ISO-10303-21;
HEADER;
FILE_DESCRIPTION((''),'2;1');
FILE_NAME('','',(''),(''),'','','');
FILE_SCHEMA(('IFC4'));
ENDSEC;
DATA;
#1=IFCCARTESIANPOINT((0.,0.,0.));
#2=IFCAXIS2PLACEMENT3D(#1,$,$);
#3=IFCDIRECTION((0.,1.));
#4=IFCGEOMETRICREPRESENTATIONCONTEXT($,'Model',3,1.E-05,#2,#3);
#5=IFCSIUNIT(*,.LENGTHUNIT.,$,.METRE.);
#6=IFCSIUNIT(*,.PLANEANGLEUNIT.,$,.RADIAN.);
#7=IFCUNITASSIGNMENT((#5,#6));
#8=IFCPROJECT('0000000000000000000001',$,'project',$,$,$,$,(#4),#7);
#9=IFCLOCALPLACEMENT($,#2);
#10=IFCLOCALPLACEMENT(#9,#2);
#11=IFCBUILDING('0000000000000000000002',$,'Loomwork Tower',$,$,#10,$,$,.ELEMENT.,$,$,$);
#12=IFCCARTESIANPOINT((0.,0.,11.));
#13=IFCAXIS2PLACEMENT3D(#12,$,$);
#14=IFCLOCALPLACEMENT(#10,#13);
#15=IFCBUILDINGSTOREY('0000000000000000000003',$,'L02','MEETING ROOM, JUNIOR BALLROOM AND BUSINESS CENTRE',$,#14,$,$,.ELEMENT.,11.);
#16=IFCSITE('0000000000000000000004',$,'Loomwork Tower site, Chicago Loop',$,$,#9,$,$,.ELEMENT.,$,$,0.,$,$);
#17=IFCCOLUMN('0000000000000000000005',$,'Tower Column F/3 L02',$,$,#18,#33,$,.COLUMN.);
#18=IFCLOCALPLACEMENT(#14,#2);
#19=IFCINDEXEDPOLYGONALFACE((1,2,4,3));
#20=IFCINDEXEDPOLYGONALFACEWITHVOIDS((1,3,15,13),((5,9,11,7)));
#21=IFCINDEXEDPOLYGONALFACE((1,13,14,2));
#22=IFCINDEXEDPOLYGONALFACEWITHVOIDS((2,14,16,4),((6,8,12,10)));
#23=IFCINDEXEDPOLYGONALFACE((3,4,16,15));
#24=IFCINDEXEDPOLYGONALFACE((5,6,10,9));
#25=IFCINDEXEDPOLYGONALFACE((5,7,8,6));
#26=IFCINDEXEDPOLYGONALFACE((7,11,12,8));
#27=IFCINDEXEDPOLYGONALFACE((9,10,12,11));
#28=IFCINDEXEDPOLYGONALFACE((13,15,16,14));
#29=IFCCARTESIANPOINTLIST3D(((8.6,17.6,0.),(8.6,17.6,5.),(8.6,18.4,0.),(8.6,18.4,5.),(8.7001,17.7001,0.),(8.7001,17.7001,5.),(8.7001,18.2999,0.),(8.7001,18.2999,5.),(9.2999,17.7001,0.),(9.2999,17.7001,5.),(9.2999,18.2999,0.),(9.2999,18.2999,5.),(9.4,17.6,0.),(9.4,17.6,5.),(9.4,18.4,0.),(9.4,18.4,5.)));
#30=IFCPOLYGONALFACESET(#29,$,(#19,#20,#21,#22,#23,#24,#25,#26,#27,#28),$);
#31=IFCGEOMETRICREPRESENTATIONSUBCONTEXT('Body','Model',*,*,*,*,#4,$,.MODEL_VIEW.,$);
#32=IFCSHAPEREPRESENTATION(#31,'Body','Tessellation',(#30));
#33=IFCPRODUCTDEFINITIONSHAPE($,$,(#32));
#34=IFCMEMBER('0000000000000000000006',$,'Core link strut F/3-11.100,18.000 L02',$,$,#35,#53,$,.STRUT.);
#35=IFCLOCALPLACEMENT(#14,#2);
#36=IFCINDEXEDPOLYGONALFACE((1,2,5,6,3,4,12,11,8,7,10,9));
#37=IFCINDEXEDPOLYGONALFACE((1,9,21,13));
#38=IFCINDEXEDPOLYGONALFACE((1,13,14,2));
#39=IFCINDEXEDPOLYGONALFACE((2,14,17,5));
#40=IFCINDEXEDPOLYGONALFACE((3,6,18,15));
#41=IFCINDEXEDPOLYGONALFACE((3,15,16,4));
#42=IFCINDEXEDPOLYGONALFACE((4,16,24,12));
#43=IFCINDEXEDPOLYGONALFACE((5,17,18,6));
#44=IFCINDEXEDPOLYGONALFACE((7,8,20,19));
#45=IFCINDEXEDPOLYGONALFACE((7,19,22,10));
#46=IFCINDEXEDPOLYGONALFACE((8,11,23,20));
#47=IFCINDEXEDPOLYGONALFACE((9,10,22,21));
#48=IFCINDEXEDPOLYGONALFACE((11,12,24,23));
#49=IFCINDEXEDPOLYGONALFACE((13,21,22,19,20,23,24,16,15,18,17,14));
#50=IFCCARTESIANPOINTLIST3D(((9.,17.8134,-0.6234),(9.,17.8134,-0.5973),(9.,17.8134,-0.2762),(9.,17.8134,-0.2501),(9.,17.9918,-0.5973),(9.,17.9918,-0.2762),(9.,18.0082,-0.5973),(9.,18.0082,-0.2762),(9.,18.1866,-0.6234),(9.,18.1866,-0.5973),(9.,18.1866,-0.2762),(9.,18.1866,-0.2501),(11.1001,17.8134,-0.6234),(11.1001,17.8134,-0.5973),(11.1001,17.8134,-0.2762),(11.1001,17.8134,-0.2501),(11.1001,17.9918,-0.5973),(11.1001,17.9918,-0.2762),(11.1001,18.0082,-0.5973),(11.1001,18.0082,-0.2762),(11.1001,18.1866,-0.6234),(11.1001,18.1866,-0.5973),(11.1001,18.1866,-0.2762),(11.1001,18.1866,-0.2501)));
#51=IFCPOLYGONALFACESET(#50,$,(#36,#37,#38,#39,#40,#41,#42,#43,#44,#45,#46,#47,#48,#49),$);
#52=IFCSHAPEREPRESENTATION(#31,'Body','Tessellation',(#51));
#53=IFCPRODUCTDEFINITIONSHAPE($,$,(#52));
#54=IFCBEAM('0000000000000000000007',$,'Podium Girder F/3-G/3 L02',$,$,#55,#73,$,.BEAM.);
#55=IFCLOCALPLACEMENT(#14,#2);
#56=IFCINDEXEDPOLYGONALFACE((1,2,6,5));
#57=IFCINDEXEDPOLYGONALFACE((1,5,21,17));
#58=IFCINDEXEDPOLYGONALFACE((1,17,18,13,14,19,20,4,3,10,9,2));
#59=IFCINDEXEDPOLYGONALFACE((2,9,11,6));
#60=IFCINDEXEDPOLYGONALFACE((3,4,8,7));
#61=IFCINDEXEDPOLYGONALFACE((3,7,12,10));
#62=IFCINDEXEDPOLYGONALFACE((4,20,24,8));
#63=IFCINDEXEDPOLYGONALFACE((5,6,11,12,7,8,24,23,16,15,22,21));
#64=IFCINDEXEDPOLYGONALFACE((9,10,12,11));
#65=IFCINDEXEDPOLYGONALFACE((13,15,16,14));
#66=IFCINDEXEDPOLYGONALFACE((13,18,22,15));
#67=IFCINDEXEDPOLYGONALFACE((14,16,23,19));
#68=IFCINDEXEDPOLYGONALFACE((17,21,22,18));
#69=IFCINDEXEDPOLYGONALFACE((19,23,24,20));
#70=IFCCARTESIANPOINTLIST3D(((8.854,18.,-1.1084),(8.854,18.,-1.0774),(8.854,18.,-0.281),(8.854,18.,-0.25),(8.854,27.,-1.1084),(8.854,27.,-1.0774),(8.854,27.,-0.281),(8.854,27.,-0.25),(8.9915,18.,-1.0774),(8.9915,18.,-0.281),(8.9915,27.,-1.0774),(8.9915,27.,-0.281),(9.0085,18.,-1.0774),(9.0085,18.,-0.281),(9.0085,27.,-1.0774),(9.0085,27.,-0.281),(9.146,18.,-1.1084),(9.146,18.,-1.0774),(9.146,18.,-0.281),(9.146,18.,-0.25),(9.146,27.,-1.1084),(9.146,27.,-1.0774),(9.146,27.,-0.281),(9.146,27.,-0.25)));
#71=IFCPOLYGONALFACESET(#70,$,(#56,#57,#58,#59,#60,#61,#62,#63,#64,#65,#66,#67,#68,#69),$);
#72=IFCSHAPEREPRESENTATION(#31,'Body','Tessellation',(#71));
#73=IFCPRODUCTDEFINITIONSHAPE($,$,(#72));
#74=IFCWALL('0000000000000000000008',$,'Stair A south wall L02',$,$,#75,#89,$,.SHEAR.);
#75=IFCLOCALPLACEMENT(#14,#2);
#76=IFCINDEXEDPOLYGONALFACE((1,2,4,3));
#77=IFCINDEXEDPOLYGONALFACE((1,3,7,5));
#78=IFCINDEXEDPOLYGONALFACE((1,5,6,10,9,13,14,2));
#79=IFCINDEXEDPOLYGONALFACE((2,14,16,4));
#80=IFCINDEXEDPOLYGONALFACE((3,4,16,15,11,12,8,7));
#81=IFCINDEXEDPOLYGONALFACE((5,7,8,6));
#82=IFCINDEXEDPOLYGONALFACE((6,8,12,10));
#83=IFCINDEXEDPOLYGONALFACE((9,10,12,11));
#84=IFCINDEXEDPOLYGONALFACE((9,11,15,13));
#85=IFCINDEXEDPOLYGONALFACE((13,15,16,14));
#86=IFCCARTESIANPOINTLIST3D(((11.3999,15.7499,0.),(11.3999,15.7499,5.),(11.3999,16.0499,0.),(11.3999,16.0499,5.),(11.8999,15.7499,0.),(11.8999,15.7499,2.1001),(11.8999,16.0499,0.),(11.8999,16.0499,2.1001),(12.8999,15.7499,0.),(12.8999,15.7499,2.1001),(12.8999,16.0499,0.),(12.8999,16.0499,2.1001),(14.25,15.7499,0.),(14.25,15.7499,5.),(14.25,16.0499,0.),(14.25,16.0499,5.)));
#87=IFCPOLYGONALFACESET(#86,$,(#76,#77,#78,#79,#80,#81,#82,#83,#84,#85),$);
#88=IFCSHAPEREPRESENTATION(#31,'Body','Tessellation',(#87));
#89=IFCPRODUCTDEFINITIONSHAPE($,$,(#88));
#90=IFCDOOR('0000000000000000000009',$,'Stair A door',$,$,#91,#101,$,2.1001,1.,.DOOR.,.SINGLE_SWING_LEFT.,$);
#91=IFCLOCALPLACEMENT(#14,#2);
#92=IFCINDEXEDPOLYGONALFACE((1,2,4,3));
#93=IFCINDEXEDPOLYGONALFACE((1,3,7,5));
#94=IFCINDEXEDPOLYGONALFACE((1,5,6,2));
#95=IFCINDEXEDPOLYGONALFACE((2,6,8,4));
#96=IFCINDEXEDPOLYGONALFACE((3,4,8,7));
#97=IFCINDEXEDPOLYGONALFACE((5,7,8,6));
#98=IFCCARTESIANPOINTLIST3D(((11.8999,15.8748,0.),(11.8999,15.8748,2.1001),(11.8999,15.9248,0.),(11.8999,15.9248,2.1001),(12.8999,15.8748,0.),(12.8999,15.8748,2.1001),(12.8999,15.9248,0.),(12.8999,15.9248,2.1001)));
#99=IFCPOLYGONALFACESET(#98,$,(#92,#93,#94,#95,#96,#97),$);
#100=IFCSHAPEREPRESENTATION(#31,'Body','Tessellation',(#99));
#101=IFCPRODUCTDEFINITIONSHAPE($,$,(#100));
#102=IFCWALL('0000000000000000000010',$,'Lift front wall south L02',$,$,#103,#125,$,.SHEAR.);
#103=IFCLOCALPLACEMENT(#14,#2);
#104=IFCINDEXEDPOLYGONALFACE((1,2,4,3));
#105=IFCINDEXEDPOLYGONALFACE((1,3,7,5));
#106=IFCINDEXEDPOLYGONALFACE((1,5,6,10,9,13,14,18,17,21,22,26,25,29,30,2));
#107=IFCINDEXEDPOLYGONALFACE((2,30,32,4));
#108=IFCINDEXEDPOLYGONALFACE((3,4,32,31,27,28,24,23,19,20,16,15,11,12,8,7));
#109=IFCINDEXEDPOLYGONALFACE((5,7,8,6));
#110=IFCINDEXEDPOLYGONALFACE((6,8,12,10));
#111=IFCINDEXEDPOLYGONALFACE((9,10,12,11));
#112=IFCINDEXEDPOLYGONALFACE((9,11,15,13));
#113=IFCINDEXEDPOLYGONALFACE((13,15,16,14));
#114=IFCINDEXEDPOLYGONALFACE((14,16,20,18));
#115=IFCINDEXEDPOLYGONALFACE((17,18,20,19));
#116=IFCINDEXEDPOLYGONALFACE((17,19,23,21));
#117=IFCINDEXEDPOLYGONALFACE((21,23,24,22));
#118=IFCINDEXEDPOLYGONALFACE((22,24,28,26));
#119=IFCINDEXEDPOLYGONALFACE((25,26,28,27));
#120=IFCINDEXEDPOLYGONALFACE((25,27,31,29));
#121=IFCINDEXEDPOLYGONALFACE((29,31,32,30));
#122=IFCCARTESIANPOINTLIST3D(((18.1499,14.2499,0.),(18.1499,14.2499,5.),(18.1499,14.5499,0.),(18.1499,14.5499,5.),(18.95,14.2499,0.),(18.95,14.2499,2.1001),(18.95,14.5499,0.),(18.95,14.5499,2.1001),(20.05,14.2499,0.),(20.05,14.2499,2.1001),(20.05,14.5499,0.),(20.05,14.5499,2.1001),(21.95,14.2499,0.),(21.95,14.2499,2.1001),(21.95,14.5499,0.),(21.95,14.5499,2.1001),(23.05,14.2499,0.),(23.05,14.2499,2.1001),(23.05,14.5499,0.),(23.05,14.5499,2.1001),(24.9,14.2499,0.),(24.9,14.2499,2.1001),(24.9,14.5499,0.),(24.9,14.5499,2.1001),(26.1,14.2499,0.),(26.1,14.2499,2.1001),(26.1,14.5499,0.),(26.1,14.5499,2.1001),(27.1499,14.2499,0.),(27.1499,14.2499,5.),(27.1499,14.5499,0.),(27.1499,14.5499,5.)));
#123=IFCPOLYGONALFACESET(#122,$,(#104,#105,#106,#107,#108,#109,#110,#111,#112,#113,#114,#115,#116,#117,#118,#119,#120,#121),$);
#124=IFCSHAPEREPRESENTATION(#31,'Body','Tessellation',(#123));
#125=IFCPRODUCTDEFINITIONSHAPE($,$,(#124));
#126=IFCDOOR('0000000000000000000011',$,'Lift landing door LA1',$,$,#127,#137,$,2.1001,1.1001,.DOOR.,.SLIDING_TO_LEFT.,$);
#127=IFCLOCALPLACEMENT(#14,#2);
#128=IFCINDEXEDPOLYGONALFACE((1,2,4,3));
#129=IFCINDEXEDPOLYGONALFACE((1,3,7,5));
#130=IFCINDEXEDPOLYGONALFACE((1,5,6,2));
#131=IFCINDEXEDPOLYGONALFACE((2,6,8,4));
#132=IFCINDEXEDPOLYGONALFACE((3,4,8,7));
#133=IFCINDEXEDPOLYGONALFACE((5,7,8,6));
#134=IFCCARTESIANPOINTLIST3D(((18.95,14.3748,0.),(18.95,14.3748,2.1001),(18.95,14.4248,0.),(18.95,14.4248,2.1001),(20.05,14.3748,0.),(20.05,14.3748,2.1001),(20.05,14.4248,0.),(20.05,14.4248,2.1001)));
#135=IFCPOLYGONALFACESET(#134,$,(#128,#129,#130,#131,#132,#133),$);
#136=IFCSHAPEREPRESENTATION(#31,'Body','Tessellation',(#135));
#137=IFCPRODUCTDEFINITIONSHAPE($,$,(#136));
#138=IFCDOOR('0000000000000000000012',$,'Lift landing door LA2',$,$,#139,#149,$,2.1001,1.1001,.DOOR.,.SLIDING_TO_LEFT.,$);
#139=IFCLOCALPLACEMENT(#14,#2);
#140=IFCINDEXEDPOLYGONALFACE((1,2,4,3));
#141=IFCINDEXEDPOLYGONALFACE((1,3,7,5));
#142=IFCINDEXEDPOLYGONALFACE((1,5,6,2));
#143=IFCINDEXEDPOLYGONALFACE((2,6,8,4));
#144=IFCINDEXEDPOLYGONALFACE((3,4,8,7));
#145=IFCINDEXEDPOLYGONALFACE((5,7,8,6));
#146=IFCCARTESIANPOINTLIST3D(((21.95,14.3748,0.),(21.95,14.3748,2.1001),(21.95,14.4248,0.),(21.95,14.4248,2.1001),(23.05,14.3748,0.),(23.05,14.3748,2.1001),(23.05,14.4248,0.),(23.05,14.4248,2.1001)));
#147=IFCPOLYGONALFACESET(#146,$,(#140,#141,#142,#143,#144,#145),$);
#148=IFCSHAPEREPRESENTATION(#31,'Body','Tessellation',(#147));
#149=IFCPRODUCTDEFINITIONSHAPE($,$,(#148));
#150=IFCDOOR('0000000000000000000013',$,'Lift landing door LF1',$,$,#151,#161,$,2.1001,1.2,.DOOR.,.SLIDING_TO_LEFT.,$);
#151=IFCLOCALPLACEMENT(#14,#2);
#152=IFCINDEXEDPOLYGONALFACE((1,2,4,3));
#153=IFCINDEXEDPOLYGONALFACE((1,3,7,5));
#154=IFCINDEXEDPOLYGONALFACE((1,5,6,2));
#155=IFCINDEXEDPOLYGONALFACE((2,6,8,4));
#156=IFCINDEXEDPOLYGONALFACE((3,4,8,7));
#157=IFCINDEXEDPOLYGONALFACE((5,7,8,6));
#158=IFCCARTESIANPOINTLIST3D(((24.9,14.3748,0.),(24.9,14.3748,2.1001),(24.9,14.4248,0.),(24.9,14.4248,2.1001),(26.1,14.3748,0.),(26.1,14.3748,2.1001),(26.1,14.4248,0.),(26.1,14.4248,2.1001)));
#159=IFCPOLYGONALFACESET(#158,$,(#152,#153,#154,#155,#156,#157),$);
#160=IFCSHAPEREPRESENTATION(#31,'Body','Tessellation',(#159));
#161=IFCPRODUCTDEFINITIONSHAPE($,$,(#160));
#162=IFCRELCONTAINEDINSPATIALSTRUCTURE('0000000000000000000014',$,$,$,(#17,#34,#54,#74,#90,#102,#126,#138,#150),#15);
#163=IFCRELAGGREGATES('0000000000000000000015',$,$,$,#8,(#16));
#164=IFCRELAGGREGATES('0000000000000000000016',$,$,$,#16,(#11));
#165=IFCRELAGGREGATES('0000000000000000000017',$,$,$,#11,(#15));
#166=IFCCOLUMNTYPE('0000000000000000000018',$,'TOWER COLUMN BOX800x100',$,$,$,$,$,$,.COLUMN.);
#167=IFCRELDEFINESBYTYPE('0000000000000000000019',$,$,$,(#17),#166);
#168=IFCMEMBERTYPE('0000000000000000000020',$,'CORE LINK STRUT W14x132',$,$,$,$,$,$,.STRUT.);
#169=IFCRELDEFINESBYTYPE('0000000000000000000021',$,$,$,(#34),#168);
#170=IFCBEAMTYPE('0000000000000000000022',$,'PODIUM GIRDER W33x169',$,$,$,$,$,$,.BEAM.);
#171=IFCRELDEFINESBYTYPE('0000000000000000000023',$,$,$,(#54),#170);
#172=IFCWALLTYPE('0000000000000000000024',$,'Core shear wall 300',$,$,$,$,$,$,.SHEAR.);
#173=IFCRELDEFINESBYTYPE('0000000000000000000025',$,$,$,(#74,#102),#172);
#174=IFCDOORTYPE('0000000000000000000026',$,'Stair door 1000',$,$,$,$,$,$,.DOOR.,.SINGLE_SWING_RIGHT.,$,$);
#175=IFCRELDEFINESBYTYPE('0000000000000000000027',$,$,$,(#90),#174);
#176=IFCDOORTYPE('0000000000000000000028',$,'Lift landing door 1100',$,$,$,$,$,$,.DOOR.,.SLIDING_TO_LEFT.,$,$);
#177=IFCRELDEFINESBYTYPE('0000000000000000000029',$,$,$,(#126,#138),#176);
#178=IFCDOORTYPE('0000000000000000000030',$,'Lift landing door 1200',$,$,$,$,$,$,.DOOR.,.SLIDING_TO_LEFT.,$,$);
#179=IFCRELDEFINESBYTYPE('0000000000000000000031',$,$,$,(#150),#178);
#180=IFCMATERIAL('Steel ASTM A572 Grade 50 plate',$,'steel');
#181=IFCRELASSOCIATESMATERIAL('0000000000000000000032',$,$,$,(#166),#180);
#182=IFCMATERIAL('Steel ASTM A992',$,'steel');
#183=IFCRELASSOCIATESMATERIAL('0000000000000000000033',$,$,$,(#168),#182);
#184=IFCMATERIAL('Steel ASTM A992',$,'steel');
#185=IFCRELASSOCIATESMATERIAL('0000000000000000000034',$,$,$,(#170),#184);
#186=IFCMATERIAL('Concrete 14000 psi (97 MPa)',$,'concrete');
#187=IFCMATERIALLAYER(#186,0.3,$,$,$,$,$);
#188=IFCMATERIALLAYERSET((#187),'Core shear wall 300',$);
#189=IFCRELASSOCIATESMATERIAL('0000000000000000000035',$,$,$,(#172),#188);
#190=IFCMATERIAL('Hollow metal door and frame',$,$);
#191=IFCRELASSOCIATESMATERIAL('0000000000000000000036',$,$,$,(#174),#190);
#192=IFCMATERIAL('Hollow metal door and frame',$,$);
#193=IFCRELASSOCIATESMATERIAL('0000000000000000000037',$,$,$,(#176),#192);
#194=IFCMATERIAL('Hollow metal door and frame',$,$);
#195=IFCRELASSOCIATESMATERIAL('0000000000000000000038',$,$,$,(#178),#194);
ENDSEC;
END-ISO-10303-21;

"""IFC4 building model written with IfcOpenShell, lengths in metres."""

from ifc_helpers import new_model, si_unit, direction, frame, frame_2d, origin, origin_2d, place, context, subcontext, project, spatial, rectangle, hollow_rectangle, i_section, extrude, material, layer, layer_set, material_profile, profile_set, type_object, element, fill, save


model = new_model("IFC4")

# Units and contexts
model_context = context("Model", 3, precision=1e-05, world=origin(), true_north=direction((0.0, 1.0)))
body_context = subcontext(model_context, "Body", "Model", "MODEL_VIEW")
ifc_project = project(units=[si_unit("LENGTHUNIT", "METRE"), si_unit("PLANEANGLEUNIT", "RADIAN")], contexts=[model_context])

# Site, building, storey
site_placement = place(None, origin())
site = spatial("IfcSite", under=ifc_project, at=site_placement, Name="Loomwork Tower site, Chicago Loop", CompositionType="ELEMENT", RefElevation=0.0)
building_placement = place(site_placement, origin())
building = spatial("IfcBuilding", under=site, at=building_placement, Name="Loomwork Tower", CompositionType="ELEMENT")
storey_placement = place(building_placement, frame((0.0, 0.0, 11.0)))
storey = spatial("IfcBuildingStorey", under=building, at=storey_placement, Name="L02", Description="MEETING ROOM, JUNIOR BALLROOM AND BUSINESS CENTRE", CompositionType="ELEMENT", Elevation=11.0)

# Column
ifc_material_1 = material(Name="Steel ASTM A572 Grade 50 plate", Category="steel")
ifc_material_profile_1 = material_profile(ifc_material_1, hollow_rectangle(XDim=0.8, YDim=0.8, WallThickness=0.1001, at=origin_2d()), Name="BOX800x100")
ifc_profile_set_1 = profile_set([ifc_material_profile_1], Name="Steel ASTM A572 Grade 50 plate")
column_type = type_object("IfcColumnType", Name="TOWER COLUMN BOX800x100", PredefinedType="COLUMN", material=ifc_profile_set_1)
column_placement = place(storey_placement, frame((9.0, 18.0, 0.0), z_axis=(0.0, 0.0, 1.0), x_axis=(1.0, 0.0, 0.0)))
element("IfcColumn", 1, at=column_placement, inside=storey, type_object=column_type, Name="Tower Column F/3 L02", PredefinedType="COLUMN", context=body_context, shape_type="SweptSolid", body=[
    extrude(hollow_rectangle(XDim=0.8, YDim=0.8, WallThickness=0.1001, at=origin_2d()), origin(), (0.0, 0.0, 1.0), 5.0),
])

# Member
ifc_material_2 = material(Name="Steel ASTM A992", Category="steel")
ifc_material_profile_2 = material_profile(ifc_material_2, i_section(OverallWidth=0.3733, OverallDepth=0.3733, WebThickness=0.0164, FlangeThickness=0.0261, at=origin_2d()), Name="W14x132")
ifc_profile_set_2 = profile_set([ifc_material_profile_2], Name="Steel ASTM A992")
member_type = type_object("IfcMemberType", Name="CORE LINK STRUT W14x132", PredefinedType="STRUT", material=ifc_profile_set_2)
member_placement = place(storey_placement, frame((9.0, 18.0, -0.4368), z_axis=(1.0, 0.0, 0.0), x_axis=(0.0, 1.0, 0.0)))
element("IfcMember", 2, at=member_placement, inside=storey, type_object=member_type, Name="Core link strut F/3-11.100,18.000 L02", PredefinedType="STRUT", context=body_context, shape_type="SweptSolid", body=[
    extrude(i_section(OverallWidth=0.3733, OverallDepth=0.3733, WebThickness=0.0164, FlangeThickness=0.0261, at=origin_2d()), origin(), (0.0, 0.0, 1.0), 2.1001),
])

# Beam
ifc_material_3 = material(Name="Steel ASTM A992", Category="steel")
ifc_material_profile_3 = material_profile(ifc_material_3, i_section(OverallWidth=0.292, OverallDepth=0.8584, WebThickness=0.0171, FlangeThickness=0.031, at=origin_2d()), Name="W33x169")
ifc_profile_set_3 = profile_set([ifc_material_profile_3], Name="Steel ASTM A992")
beam_type = type_object("IfcBeamType", Name="PODIUM GIRDER W33x169", PredefinedType="BEAM", material=ifc_profile_set_3)
beam_placement = place(storey_placement, frame((9.0, 18.0, -0.6792), z_axis=(0.0, 1.0, 0.0), x_axis=(-1.0, 0.0, 0.0)))
element("IfcBeam", 3, at=beam_placement, inside=storey, type_object=beam_type, Name="Podium Girder F/3-G/3 L02", PredefinedType="BEAM", context=body_context, shape_type="SweptSolid", body=[
    extrude(i_section(OverallWidth=0.292, OverallDepth=0.8584, WebThickness=0.0171, FlangeThickness=0.031, at=origin_2d()), origin(), (0.0, 0.0, 1.0), 9.0),
])

# Wall, opening, door
ifc_material_4 = material(Name="Concrete 14000 psi (97 MPa)", Category="concrete")
ifc_layer_1 = layer(ifc_material_4, 0.3)
ifc_layer_set_1 = layer_set([ifc_layer_1], Name="Core shear wall 300")
wall_type_1 = type_object("IfcWallType", Name="Core shear wall 300", PredefinedType="SHEAR", material=ifc_layer_set_1)
wall_1_placement = place(storey_placement, frame((11.3999, 15.8999, 0.0), z_axis=(0.0, 0.0, 1.0), x_axis=(1.0, 0.0, 0.0)))
wall_1 = element("IfcWall", 4, at=wall_1_placement, inside=storey, type_object=wall_type_1, Name="Stair A south wall L02", PredefinedType="SHEAR", context=body_context, shape_type="SweptSolid", body=[
    extrude(rectangle(XDim=2.8501, YDim=0.3, at=frame_2d((1.425, 0.0))), origin(), (0.0, 0.0, 1.0), 5.0),
])
opening_1_placement = place(wall_1_placement, frame((0.5, 0.0, 0.0)))
opening_1 = element("IfcOpeningElement", 5, at=opening_1_placement, cuts=wall_1, PredefinedType="OPENING", context=body_context, shape_type="SweptSolid", body=[
    extrude(rectangle(XDim=1.0, YDim=2.1001, at=frame_2d((0.5, 1.05))), frame((0.0, 0.1599, 0.0), z_axis=(0.0, -1.0, 0.0), x_axis=(1.0, 0.0, 0.0)), (0.0, 0.0, 1.0), 0.3201),
])
ifc_material_5 = material(Name="Hollow metal door and frame")
door_type_1 = type_object("IfcDoorType", Name="Stair door 1000", OperationType="SINGLE_SWING_RIGHT", PredefinedType="DOOR", material=ifc_material_5)
door_1_placement = place(opening_1_placement, origin())
door_1 = element("IfcDoor", 6, at=door_1_placement, inside=storey, type_object=door_type_1, Name="Stair A door", OperationType="SINGLE_SWING_LEFT", OverallHeight=2.1001, OverallWidth=1.0, PredefinedType="DOOR", context=body_context, shape_type="SweptSolid", body=[
    extrude(rectangle(XDim=1.0, YDim=2.1001, at=frame_2d((0.5, 1.05))), frame((0.0, 0.0249, 0.0), z_axis=(0.0, -1.0, 0.0), x_axis=(1.0, 0.0, 0.0)), (0.0, 0.0, 1.0), 0.05),
])
fill(opening_1, door_1)

# Wall, openings, doors
wall_2_placement = place(storey_placement, frame((18.1499, 14.3999, 0.0), z_axis=(0.0, 0.0, 1.0), x_axis=(1.0, 0.0, 0.0)))
wall_2 = element("IfcWall", 7, at=wall_2_placement, inside=storey, type_object=wall_type_1, Name="Lift front wall south L02", PredefinedType="SHEAR", context=body_context, shape_type="SweptSolid", body=[
    extrude(rectangle(XDim=9.0, YDim=0.3, at=frame_2d((4.5, 0.0))), origin(), (0.0, 0.0, 1.0), 5.0),
])
opening_2_placement = place(wall_2_placement, frame((0.8, 0.0, 0.0)))
opening_2 = element("IfcOpeningElement", 8, at=opening_2_placement, cuts=wall_2, PredefinedType="OPENING", context=body_context, shape_type="SweptSolid", body=[
    extrude(rectangle(XDim=1.1001, YDim=2.1001, at=frame_2d((0.55, 1.05))), frame((0.0, 0.1599, 0.0), z_axis=(0.0, -1.0, 0.0), x_axis=(1.0, 0.0, 0.0)), (0.0, 0.0, 1.0), 0.3201),
])
opening_3_placement = place(wall_2_placement, frame((3.8, 0.0, 0.0)))
opening_3 = element("IfcOpeningElement", 9, at=opening_3_placement, cuts=wall_2, PredefinedType="OPENING", context=body_context, shape_type="SweptSolid", body=[
    extrude(rectangle(XDim=1.1001, YDim=2.1001, at=frame_2d((0.55, 1.05))), frame((0.0, 0.1599, 0.0), z_axis=(0.0, -1.0, 0.0), x_axis=(1.0, 0.0, 0.0)), (0.0, 0.0, 1.0), 0.3201),
])
opening_4_placement = place(wall_2_placement, frame((6.75, 0.0, 0.0)))
opening_4 = element("IfcOpeningElement", 10, at=opening_4_placement, cuts=wall_2, PredefinedType="OPENING", context=body_context, shape_type="SweptSolid", body=[
    extrude(rectangle(XDim=1.2, YDim=2.1001, at=frame_2d((0.6001, 1.05))), frame((0.0, 0.1599, 0.0), z_axis=(0.0, -1.0, 0.0), x_axis=(1.0, 0.0, 0.0)), (0.0, 0.0, 1.0), 0.3201),
])
ifc_material_6 = material(Name="Hollow metal door and frame")
door_type_2 = type_object("IfcDoorType", Name="Lift landing door 1100", OperationType="SLIDING_TO_LEFT", PredefinedType="DOOR", material=ifc_material_6)
door_2_placement = place(opening_2_placement, origin())
door_2 = element("IfcDoor", 11, at=door_2_placement, inside=storey, type_object=door_type_2, Name="Lift landing door LA1", OperationType="SLIDING_TO_LEFT", OverallHeight=2.1001, OverallWidth=1.1001, PredefinedType="DOOR", context=body_context, shape_type="SweptSolid", body=[
    extrude(rectangle(XDim=1.1001, YDim=2.1001, at=frame_2d((0.55, 1.05))), frame((0.0, 0.0249, 0.0), z_axis=(0.0, -1.0, 0.0), x_axis=(1.0, 0.0, 0.0)), (0.0, 0.0, 1.0), 0.05),
])
fill(opening_2, door_2)
door_3_placement = place(opening_3_placement, origin())
door_3 = element("IfcDoor", 12, at=door_3_placement, inside=storey, type_object=door_type_2, Name="Lift landing door LA2", OperationType="SLIDING_TO_LEFT", OverallHeight=2.1001, OverallWidth=1.1001, PredefinedType="DOOR", context=body_context, shape_type="SweptSolid", body=[
    extrude(rectangle(XDim=1.1001, YDim=2.1001, at=frame_2d((0.55, 1.05))), frame((0.0, 0.0249, 0.0), z_axis=(0.0, -1.0, 0.0), x_axis=(1.0, 0.0, 0.0)), (0.0, 0.0, 1.0), 0.05),
])
fill(opening_3, door_3)
ifc_material_7 = material(Name="Hollow metal door and frame")
door_type_3 = type_object("IfcDoorType", Name="Lift landing door 1200", OperationType="SLIDING_TO_LEFT", PredefinedType="DOOR", material=ifc_material_7)
door_4_placement = place(opening_4_placement, origin())
door_4 = element("IfcDoor", 13, at=door_4_placement, inside=storey, type_object=door_type_3, Name="Lift landing door LF1", OperationType="SLIDING_TO_LEFT", OverallHeight=2.1001, OverallWidth=1.2, PredefinedType="DOOR", context=body_context, shape_type="SweptSolid", body=[
    extrude(rectangle(XDim=1.2, YDim=2.1001, at=frame_2d((0.6001, 1.05))), frame((0.0, 0.0249, 0.0), z_axis=(0.0, -1.0, 0.0), x_axis=(1.0, 0.0, 0.0)), (0.0, 0.0, 1.0), 0.05),
])
fill(opening_4, door_4)

save(model, "model.ifc")
